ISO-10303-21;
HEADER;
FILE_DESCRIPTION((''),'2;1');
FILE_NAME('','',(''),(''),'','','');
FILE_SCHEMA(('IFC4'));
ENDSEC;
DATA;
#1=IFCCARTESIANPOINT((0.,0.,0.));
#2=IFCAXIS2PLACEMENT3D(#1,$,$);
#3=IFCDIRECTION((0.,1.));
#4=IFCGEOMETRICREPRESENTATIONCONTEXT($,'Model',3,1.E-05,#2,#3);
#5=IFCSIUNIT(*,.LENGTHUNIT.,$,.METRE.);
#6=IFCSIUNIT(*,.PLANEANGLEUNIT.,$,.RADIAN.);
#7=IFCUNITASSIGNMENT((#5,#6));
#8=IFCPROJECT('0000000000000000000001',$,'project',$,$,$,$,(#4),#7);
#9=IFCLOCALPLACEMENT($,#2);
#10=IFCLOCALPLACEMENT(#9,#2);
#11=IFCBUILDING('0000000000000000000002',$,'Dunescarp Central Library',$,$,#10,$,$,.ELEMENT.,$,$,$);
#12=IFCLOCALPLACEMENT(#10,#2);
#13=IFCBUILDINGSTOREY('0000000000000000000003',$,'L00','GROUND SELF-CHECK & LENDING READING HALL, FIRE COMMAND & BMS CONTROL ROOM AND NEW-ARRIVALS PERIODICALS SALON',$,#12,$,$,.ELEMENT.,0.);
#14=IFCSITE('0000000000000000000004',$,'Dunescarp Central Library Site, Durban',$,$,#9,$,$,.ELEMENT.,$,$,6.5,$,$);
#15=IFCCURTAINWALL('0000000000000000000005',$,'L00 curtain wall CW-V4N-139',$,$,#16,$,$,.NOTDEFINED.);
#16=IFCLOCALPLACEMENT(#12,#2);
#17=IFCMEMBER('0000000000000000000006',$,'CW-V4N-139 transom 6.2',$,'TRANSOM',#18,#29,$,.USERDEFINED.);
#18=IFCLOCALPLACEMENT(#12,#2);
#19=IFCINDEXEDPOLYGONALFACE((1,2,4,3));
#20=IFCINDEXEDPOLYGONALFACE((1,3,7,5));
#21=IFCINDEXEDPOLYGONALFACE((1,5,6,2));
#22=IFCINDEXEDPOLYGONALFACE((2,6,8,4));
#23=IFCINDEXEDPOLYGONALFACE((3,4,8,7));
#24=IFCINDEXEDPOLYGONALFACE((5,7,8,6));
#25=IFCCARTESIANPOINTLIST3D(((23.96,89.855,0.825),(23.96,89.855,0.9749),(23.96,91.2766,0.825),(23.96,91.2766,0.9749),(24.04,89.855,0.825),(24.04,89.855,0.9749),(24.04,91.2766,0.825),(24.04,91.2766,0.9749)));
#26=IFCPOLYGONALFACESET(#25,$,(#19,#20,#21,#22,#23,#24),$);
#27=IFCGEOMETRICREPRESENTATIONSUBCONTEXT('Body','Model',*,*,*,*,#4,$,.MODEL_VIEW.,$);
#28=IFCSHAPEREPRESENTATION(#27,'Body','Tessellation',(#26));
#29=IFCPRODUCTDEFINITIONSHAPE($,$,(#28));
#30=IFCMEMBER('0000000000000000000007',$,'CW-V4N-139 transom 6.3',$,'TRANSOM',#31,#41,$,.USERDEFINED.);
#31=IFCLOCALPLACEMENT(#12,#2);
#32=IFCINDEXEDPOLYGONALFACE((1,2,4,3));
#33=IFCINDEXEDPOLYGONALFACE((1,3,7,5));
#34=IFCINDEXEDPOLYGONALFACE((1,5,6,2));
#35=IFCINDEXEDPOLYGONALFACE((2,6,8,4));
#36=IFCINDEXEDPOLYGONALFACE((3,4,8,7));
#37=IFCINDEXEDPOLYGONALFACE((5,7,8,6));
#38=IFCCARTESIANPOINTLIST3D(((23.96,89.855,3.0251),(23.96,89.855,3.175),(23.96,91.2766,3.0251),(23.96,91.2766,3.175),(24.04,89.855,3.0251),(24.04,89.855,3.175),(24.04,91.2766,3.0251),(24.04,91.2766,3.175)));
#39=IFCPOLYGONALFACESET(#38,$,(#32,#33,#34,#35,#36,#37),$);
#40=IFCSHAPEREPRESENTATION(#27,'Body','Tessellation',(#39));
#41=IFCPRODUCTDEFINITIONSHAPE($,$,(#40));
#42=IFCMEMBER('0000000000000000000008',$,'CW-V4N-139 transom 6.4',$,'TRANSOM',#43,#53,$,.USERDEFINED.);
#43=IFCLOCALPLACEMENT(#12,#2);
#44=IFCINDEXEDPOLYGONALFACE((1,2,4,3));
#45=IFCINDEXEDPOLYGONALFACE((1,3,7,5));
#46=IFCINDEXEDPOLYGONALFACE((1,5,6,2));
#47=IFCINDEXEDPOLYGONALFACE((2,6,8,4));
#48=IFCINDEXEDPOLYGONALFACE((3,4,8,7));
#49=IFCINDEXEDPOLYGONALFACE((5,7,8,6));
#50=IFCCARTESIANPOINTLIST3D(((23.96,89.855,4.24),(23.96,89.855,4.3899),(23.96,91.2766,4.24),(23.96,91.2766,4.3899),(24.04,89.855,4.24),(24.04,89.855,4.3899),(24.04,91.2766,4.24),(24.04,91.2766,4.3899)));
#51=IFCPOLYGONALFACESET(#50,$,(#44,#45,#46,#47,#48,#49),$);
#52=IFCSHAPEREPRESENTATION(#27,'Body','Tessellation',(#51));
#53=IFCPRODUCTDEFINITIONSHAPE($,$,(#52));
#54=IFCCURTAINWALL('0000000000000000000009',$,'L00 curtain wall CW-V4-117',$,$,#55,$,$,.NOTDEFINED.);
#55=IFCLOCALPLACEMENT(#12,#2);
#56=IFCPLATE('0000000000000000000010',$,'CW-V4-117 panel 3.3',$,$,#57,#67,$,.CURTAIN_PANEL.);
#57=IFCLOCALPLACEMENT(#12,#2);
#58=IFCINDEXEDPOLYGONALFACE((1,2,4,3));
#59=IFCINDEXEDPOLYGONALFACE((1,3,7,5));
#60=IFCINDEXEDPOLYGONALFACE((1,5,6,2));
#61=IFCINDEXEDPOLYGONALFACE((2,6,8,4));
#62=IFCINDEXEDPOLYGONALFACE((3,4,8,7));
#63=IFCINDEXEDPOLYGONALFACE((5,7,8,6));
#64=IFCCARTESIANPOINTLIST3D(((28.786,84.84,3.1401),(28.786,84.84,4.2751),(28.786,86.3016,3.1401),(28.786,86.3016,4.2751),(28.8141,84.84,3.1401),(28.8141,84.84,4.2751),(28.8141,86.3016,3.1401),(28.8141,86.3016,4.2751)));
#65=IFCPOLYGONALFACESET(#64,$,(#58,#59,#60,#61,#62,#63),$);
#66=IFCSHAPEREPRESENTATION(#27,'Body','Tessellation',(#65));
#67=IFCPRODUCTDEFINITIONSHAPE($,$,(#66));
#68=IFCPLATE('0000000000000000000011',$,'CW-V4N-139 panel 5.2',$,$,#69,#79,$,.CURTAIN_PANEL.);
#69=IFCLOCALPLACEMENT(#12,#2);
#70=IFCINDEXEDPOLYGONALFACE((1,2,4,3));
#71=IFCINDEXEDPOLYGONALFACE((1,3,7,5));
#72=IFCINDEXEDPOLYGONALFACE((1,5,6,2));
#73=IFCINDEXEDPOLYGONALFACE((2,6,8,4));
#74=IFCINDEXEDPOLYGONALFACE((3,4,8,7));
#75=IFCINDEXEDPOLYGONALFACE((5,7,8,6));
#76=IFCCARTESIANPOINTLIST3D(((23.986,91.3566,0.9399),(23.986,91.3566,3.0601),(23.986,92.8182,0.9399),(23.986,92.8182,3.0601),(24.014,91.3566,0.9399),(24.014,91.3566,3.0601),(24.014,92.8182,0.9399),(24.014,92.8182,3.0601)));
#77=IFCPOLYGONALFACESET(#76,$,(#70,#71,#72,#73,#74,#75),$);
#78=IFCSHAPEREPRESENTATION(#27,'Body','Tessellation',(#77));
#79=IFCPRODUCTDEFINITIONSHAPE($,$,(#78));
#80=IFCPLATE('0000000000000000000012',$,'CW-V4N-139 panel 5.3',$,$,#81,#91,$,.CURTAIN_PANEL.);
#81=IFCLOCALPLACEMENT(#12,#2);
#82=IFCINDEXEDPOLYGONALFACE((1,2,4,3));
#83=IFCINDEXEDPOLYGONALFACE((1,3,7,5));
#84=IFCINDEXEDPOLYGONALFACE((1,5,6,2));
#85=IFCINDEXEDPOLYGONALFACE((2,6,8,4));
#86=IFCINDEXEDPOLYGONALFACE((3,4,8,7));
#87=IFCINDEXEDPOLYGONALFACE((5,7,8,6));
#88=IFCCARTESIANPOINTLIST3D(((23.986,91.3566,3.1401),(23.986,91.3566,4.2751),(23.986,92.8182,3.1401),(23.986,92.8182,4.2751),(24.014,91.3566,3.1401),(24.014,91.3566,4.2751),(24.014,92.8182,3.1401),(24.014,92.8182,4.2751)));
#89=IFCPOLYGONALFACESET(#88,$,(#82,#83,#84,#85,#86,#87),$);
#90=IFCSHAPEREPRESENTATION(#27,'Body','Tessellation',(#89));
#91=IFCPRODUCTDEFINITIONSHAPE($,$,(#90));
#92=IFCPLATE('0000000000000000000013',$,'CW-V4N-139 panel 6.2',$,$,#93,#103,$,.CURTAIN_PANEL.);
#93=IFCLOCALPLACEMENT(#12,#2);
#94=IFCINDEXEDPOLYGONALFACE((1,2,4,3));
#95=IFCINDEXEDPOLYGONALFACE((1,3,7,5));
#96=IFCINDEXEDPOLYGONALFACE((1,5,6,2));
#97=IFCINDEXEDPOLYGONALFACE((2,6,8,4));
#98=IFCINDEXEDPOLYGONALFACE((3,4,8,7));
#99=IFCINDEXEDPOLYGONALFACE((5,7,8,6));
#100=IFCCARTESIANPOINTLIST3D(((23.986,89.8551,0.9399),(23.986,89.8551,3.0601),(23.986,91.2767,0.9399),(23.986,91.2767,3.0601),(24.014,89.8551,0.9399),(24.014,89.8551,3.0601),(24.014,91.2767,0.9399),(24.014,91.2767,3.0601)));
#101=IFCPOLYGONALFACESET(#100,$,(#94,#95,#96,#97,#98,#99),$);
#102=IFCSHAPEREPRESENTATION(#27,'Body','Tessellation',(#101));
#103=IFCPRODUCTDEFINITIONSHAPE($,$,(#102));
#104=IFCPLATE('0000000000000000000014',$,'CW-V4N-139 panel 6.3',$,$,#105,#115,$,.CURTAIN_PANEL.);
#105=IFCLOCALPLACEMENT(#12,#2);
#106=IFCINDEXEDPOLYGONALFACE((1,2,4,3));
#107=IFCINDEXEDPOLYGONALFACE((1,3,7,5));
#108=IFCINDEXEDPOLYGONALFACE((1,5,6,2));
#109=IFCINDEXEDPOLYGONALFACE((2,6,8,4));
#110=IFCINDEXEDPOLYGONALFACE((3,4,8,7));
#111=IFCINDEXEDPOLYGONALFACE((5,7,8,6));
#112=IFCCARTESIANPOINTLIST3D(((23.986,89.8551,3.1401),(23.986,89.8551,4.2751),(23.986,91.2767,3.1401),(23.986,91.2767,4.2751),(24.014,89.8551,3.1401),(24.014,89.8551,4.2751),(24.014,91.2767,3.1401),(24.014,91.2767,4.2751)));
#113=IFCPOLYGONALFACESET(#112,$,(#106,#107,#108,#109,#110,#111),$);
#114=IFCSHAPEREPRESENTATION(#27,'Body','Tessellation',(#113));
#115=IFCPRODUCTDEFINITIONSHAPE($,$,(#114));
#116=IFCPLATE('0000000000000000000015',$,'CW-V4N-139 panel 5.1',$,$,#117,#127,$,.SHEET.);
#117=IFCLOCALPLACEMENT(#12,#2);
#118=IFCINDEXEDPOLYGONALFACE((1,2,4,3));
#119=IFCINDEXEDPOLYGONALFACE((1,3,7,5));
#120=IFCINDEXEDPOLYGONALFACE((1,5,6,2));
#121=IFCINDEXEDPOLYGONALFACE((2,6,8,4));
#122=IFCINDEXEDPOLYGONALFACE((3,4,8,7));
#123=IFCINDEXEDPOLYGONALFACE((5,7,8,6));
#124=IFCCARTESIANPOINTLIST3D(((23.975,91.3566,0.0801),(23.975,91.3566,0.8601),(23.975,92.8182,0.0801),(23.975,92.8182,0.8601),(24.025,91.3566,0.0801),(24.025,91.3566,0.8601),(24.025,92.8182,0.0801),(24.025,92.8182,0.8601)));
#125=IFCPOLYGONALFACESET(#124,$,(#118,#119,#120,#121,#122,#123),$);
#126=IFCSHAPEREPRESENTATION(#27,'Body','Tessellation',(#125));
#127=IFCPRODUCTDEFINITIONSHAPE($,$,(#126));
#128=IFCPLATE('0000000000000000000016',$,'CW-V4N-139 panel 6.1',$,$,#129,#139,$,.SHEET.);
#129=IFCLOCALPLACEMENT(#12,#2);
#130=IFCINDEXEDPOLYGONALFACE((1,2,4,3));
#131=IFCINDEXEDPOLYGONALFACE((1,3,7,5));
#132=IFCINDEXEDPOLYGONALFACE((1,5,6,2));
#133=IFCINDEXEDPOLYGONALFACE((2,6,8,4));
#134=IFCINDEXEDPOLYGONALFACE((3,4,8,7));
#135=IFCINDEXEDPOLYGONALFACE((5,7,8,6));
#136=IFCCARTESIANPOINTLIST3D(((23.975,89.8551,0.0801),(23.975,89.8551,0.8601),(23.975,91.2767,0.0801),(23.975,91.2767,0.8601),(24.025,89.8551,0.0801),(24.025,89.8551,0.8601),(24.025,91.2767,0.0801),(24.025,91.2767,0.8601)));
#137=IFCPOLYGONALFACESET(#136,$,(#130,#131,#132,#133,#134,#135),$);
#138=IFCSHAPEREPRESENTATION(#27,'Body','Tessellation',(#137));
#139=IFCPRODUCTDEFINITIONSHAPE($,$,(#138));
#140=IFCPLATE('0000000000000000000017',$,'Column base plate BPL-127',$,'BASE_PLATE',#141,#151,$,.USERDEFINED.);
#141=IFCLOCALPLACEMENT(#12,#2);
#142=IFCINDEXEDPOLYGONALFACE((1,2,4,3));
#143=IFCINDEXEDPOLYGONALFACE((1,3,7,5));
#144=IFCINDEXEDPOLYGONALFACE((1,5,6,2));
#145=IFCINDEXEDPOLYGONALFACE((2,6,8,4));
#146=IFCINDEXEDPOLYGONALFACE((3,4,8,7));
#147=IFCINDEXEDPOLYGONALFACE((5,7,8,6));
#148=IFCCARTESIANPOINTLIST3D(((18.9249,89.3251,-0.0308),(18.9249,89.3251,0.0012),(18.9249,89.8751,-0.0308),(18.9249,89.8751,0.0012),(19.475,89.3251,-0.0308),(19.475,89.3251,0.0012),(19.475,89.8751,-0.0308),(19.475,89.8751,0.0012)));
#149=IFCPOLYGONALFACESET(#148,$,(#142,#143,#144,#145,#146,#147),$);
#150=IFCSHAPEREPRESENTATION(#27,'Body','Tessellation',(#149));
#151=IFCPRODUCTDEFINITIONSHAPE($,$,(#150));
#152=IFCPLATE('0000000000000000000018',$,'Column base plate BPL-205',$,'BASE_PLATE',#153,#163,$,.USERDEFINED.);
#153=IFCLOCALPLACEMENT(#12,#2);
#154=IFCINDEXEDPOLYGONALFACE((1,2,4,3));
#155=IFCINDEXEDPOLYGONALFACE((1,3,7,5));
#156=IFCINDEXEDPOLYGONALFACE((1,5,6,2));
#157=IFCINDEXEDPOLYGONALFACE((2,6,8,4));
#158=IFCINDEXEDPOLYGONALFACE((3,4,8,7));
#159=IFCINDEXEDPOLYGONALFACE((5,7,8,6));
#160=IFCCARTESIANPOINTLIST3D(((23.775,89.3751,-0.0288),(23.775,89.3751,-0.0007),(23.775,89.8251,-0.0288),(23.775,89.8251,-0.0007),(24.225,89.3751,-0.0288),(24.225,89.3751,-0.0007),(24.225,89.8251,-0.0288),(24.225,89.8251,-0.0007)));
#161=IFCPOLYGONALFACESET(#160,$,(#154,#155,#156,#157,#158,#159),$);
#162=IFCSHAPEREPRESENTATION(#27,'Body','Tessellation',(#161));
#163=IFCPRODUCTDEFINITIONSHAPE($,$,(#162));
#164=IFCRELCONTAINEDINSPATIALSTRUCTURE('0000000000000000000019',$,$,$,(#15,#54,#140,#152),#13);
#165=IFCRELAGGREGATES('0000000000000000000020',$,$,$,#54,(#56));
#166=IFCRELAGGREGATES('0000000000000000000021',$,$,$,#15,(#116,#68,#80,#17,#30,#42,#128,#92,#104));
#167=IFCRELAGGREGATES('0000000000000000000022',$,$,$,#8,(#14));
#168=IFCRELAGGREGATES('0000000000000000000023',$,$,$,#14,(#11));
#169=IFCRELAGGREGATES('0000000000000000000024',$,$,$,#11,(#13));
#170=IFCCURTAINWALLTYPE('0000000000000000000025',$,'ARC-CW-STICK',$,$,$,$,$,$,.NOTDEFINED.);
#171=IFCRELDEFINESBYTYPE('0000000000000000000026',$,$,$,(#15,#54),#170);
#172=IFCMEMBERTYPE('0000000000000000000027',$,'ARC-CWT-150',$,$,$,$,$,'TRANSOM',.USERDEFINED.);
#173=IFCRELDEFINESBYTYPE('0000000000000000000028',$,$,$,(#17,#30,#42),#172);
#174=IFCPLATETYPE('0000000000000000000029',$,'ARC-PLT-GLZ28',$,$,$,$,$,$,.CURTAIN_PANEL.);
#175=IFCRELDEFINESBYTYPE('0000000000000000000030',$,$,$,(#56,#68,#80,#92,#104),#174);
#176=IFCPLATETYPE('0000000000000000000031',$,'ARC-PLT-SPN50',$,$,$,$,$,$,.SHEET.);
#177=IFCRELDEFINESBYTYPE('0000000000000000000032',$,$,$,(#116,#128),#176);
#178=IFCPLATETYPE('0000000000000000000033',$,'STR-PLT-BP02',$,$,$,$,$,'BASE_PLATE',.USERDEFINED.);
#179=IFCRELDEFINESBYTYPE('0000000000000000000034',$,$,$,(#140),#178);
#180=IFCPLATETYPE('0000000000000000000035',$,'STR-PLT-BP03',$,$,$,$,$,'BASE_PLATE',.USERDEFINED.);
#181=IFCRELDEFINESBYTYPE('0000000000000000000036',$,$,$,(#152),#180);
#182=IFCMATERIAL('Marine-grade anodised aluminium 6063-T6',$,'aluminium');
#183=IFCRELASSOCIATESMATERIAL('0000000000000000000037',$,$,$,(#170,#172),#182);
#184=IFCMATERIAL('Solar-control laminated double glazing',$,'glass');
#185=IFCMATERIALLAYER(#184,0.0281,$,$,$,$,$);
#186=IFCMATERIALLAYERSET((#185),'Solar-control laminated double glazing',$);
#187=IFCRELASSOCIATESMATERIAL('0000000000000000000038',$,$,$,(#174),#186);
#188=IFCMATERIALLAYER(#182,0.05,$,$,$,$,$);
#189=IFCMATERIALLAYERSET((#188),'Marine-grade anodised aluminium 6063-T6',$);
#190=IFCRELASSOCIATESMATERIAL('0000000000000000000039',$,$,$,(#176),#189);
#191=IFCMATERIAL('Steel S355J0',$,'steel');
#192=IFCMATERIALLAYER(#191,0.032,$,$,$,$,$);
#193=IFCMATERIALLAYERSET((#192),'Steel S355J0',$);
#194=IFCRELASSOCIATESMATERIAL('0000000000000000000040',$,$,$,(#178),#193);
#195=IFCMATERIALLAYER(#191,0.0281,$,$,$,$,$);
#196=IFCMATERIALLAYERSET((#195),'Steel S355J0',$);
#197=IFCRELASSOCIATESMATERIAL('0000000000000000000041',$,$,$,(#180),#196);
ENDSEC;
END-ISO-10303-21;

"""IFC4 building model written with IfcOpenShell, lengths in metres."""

from ifc_helpers import new_model, si_unit, direction, frame, origin, origin_2d, place, context, subcontext, project, spatial, rectangle, extrude, material, layer, layer_set, material_profile, profile_set, type_object, element, aggregate, save


model = new_model("IFC4")

# Units and contexts
model_context = context("Model", 3, precision=1e-05, world=origin(), true_north=direction((0.0, 1.0)))
body_context = subcontext(model_context, "Body", "Model", "MODEL_VIEW")
ifc_project = project(units=[si_unit("LENGTHUNIT", "METRE"), si_unit("PLANEANGLEUNIT", "RADIAN")], contexts=[model_context])

# Site, building, storey
site_placement = place(None, origin())
site = spatial("IfcSite", under=ifc_project, at=site_placement, Name="Dunescarp Central Library Site, Durban", CompositionType="ELEMENT", RefElevation=6.5)
building_placement = place(site_placement, origin())
building = spatial("IfcBuilding", under=site, at=building_placement, Name="Dunescarp Central Library", CompositionType="ELEMENT")
storey_placement = place(building_placement, origin())
storey = spatial("IfcBuildingStorey", under=building, at=storey_placement, Name="L00", Description="GROUND SELF-CHECK & LENDING READING HALL, FIRE COMMAND & BMS CONTROL ROOM AND NEW-ARRIVALS PERIODICALS SALON", CompositionType="ELEMENT", Elevation=0.0)

# Curtain wall, members
ifc_material_1 = material(Name="Marine-grade anodised aluminium 6063-T6", Category="aluminium")
curtain_wall_type = type_object("IfcCurtainWallType", Name="ARC-CW-STICK", PredefinedType="NOTDEFINED", material=ifc_material_1)
curtain_wall_1_placement = place(storey_placement, origin())
curtain_wall_1 = element("IfcCurtainWall", 1, at=curtain_wall_1_placement, inside=storey, type_object=curtain_wall_type, Name="L00 curtain wall CW-V4N-139", PredefinedType="NOTDEFINED")
ifc_material_profile_1 = material_profile(ifc_material_1, rectangle(XDim=0.0801, YDim=0.1499, at=origin_2d()), Name="AL 80x150")
ifc_profile_set_1 = profile_set([ifc_material_profile_1], Name="Marine-grade anodised aluminium 6063-T6")
member_type_1 = type_object("IfcMemberType", Name="ARC-CWT-150", ElementType="TRANSOM", PredefinedType="USERDEFINED", material=ifc_profile_set_1)
member_1_placement = place(storey_placement, frame((24.0, 91.2766, 0.8999), z_axis=(0.0, -1.0, 0.0), x_axis=(1.0, 0.0, 0.0)))
member_1 = element("IfcMember", 2, at=member_1_placement, type_object=member_type_1, Name="CW-V4N-139 transom 6.2", ObjectType="TRANSOM", PredefinedType="USERDEFINED", context=body_context, shape_type="SweptSolid", body=[
    extrude(rectangle(XDim=0.0801, YDim=0.1499, at=origin_2d()), origin(), (0.0, 0.0, 1.0), 1.4216),
])
member_2_placement = place(storey_placement, frame((24.0, 91.2766, 3.1001), z_axis=(0.0, -1.0, 0.0), x_axis=(1.0, 0.0, 0.0)))
member_2 = element("IfcMember", 3, at=member_2_placement, type_object=member_type_1, Name="CW-V4N-139 transom 6.3", ObjectType="TRANSOM", PredefinedType="USERDEFINED", context=body_context, shape_type="SweptSolid", body=[
    extrude(rectangle(XDim=0.0801, YDim=0.1499, at=origin_2d()), origin(), (0.0, 0.0, 1.0), 1.4216),
])
member_3_placement = place(storey_placement, frame((24.0, 91.2766, 4.3149), z_axis=(0.0, -1.0, 0.0), x_axis=(1.0, 0.0, 0.0)))
member_3 = element("IfcMember", 4, at=member_3_placement, type_object=member_type_1, Name="CW-V4N-139 transom 6.4", ObjectType="TRANSOM", PredefinedType="USERDEFINED", context=body_context, shape_type="SweptSolid", body=[
    extrude(rectangle(XDim=0.0801, YDim=0.1499, at=origin_2d()), origin(), (0.0, 0.0, 1.0), 1.4216),
])

# Curtain wall, plate
curtain_wall_2_placement = place(storey_placement, origin())
curtain_wall_2 = element("IfcCurtainWall", 5, at=curtain_wall_2_placement, inside=storey, type_object=curtain_wall_type, Name="L00 curtain wall CW-V4-117", PredefinedType="NOTDEFINED")
ifc_material_2 = material(Name="Solar-control laminated double glazing", Category="glass")
ifc_layer_1 = layer(ifc_material_2, 0.0281)
ifc_layer_set_1 = layer_set([ifc_layer_1], Name="Solar-control laminated double glazing")
plate_type_1 = type_object("IfcPlateType", Name="ARC-PLT-GLZ28", PredefinedType="CURTAIN_PANEL", material=ifc_layer_set_1)
plate_1_placement = place(storey_placement, frame((28.8, 85.5708, 3.1401), z_axis=(0.0, 0.0, 1.0), x_axis=(0.0, -1.0, 0.0)))
plate_1 = element("IfcPlate", 6, at=plate_1_placement, type_object=plate_type_1, Name="CW-V4-117 panel 3.3", PredefinedType="CURTAIN_PANEL", context=body_context, shape_type="SweptSolid", body=[
    extrude(rectangle(XDim=1.4617, YDim=0.0281, at=origin_2d()), origin(), (0.0, 0.0, 1.0), 1.135),
])
aggregate(curtain_wall_2, [plate_1])

# Plates
plate_2_placement = place(storey_placement, frame((24.0, 92.0874, 0.9399), z_axis=(0.0, 0.0, 1.0), x_axis=(0.0, -1.0, 0.0)))
plate_2 = element("IfcPlate", 7, at=plate_2_placement, type_object=plate_type_1, Name="CW-V4N-139 panel 5.2", PredefinedType="CURTAIN_PANEL", context=body_context, shape_type="SweptSolid", body=[
    extrude(rectangle(XDim=1.4617, YDim=0.0281, at=origin_2d()), origin(), (0.0, 0.0, 1.0), 2.1201),
])
plate_3_placement = place(storey_placement, frame((24.0, 92.0874, 3.1401), z_axis=(0.0, 0.0, 1.0), x_axis=(0.0, -1.0, 0.0)))
plate_3 = element("IfcPlate", 8, at=plate_3_placement, type_object=plate_type_1, Name="CW-V4N-139 panel 5.3", PredefinedType="CURTAIN_PANEL", context=body_context, shape_type="SweptSolid", body=[
    extrude(rectangle(XDim=1.4617, YDim=0.0281, at=origin_2d()), origin(), (0.0, 0.0, 1.0), 1.135),
])
plate_4_placement = place(storey_placement, frame((24.0, 90.5659, 0.9399), z_axis=(0.0, 0.0, 1.0), x_axis=(0.0, -1.0, 0.0)))
plate_4 = element("IfcPlate", 9, at=plate_4_placement, type_object=plate_type_1, Name="CW-V4N-139 panel 6.2", PredefinedType="CURTAIN_PANEL", context=body_context, shape_type="SweptSolid", body=[
    extrude(rectangle(XDim=1.4216, YDim=0.0281, at=origin_2d()), origin(), (0.0, 0.0, 1.0), 2.1201),
])
plate_5_placement = place(storey_placement, frame((24.0, 90.5659, 3.1401), z_axis=(0.0, 0.0, 1.0), x_axis=(0.0, -1.0, 0.0)))
plate_5 = element("IfcPlate", 10, at=plate_5_placement, type_object=plate_type_1, Name="CW-V4N-139 panel 6.3", PredefinedType="CURTAIN_PANEL", context=body_context, shape_type="SweptSolid", body=[
    extrude(rectangle(XDim=1.4216, YDim=0.0281, at=origin_2d()), origin(), (0.0, 0.0, 1.0), 1.135),
])
ifc_layer_2 = layer(ifc_material_1, 0.05)
ifc_layer_set_2 = layer_set([ifc_layer_2], Name="Marine-grade anodised aluminium 6063-T6")
plate_type_2 = type_object("IfcPlateType", Name="ARC-PLT-SPN50", PredefinedType="SHEET", material=ifc_layer_set_2)
plate_6_placement = place(storey_placement, frame((24.0, 92.0874, 0.0801), z_axis=(0.0, 0.0, 1.0), x_axis=(0.0, -1.0, 0.0)))
plate_6 = element("IfcPlate", 11, at=plate_6_placement, type_object=plate_type_2, Name="CW-V4N-139 panel 5.1", PredefinedType="SHEET", context=body_context, shape_type="SweptSolid", body=[
    extrude(rectangle(XDim=1.4617, YDim=0.05, at=origin_2d()), origin(), (0.0, 0.0, 1.0), 0.78),
])
plate_7_placement = place(storey_placement, frame((24.0, 90.5659, 0.0801), z_axis=(0.0, 0.0, 1.0), x_axis=(0.0, -1.0, 0.0)))
plate_7 = element("IfcPlate", 12, at=plate_7_placement, type_object=plate_type_2, Name="CW-V4N-139 panel 6.1", PredefinedType="SHEET", context=body_context, shape_type="SweptSolid", body=[
    extrude(rectangle(XDim=1.4216, YDim=0.05, at=origin_2d()), origin(), (0.0, 0.0, 1.0), 0.78),
])
aggregate(curtain_wall_1, [plate_6, plate_2, plate_3, member_1, member_2, member_3, plate_7, plate_4, plate_5])

# Plates
ifc_material_3 = material(Name="Steel S355J0", Category="steel")
ifc_layer_3 = layer(ifc_material_3, 0.032)
ifc_layer_set_3 = layer_set([ifc_layer_3], Name="Steel S355J0")
plate_type_3 = type_object("IfcPlateType", Name="STR-PLT-BP02", ElementType="BASE_PLATE", PredefinedType="USERDEFINED", material=ifc_layer_set_3)
plate_8_placement = place(storey_placement, frame((19.2, 89.6001, -0.0308), z_axis=(0.0, 0.0, 1.0), x_axis=(1.0, 0.0, 0.0)))
element("IfcPlate", 13, at=plate_8_placement, inside=storey, type_object=plate_type_3, Name="Column base plate BPL-127", ObjectType="BASE_PLATE", PredefinedType="USERDEFINED", context=body_context, shape_type="SweptSolid", body=[
    extrude(rectangle(XDim=0.55, YDim=0.55, at=origin_2d()), origin(), (0.0, 0.0, 1.0), 0.032),
])
ifc_layer_4 = layer(ifc_material_3, 0.0281)
ifc_layer_set_4 = layer_set([ifc_layer_4], Name="Steel S355J0")
plate_type_4 = type_object("IfcPlateType", Name="STR-PLT-BP03", ElementType="BASE_PLATE", PredefinedType="USERDEFINED", material=ifc_layer_set_4)
plate_9_placement = place(storey_placement, frame((24.0, 89.6001, -0.0288), z_axis=(0.0, 0.0, 1.0), x_axis=(1.0, 0.0, 0.0)))
element("IfcPlate", 14, at=plate_9_placement, inside=storey, type_object=plate_type_4, Name="Column base plate BPL-205", ObjectType="BASE_PLATE", PredefinedType="USERDEFINED", context=body_context, shape_type="SweptSolid", body=[
    extrude(rectangle(XDim=0.45, YDim=0.45, at=origin_2d()), origin(), (0.0, 0.0, 1.0), 0.0281),
])

save(model, "model.ifc")
